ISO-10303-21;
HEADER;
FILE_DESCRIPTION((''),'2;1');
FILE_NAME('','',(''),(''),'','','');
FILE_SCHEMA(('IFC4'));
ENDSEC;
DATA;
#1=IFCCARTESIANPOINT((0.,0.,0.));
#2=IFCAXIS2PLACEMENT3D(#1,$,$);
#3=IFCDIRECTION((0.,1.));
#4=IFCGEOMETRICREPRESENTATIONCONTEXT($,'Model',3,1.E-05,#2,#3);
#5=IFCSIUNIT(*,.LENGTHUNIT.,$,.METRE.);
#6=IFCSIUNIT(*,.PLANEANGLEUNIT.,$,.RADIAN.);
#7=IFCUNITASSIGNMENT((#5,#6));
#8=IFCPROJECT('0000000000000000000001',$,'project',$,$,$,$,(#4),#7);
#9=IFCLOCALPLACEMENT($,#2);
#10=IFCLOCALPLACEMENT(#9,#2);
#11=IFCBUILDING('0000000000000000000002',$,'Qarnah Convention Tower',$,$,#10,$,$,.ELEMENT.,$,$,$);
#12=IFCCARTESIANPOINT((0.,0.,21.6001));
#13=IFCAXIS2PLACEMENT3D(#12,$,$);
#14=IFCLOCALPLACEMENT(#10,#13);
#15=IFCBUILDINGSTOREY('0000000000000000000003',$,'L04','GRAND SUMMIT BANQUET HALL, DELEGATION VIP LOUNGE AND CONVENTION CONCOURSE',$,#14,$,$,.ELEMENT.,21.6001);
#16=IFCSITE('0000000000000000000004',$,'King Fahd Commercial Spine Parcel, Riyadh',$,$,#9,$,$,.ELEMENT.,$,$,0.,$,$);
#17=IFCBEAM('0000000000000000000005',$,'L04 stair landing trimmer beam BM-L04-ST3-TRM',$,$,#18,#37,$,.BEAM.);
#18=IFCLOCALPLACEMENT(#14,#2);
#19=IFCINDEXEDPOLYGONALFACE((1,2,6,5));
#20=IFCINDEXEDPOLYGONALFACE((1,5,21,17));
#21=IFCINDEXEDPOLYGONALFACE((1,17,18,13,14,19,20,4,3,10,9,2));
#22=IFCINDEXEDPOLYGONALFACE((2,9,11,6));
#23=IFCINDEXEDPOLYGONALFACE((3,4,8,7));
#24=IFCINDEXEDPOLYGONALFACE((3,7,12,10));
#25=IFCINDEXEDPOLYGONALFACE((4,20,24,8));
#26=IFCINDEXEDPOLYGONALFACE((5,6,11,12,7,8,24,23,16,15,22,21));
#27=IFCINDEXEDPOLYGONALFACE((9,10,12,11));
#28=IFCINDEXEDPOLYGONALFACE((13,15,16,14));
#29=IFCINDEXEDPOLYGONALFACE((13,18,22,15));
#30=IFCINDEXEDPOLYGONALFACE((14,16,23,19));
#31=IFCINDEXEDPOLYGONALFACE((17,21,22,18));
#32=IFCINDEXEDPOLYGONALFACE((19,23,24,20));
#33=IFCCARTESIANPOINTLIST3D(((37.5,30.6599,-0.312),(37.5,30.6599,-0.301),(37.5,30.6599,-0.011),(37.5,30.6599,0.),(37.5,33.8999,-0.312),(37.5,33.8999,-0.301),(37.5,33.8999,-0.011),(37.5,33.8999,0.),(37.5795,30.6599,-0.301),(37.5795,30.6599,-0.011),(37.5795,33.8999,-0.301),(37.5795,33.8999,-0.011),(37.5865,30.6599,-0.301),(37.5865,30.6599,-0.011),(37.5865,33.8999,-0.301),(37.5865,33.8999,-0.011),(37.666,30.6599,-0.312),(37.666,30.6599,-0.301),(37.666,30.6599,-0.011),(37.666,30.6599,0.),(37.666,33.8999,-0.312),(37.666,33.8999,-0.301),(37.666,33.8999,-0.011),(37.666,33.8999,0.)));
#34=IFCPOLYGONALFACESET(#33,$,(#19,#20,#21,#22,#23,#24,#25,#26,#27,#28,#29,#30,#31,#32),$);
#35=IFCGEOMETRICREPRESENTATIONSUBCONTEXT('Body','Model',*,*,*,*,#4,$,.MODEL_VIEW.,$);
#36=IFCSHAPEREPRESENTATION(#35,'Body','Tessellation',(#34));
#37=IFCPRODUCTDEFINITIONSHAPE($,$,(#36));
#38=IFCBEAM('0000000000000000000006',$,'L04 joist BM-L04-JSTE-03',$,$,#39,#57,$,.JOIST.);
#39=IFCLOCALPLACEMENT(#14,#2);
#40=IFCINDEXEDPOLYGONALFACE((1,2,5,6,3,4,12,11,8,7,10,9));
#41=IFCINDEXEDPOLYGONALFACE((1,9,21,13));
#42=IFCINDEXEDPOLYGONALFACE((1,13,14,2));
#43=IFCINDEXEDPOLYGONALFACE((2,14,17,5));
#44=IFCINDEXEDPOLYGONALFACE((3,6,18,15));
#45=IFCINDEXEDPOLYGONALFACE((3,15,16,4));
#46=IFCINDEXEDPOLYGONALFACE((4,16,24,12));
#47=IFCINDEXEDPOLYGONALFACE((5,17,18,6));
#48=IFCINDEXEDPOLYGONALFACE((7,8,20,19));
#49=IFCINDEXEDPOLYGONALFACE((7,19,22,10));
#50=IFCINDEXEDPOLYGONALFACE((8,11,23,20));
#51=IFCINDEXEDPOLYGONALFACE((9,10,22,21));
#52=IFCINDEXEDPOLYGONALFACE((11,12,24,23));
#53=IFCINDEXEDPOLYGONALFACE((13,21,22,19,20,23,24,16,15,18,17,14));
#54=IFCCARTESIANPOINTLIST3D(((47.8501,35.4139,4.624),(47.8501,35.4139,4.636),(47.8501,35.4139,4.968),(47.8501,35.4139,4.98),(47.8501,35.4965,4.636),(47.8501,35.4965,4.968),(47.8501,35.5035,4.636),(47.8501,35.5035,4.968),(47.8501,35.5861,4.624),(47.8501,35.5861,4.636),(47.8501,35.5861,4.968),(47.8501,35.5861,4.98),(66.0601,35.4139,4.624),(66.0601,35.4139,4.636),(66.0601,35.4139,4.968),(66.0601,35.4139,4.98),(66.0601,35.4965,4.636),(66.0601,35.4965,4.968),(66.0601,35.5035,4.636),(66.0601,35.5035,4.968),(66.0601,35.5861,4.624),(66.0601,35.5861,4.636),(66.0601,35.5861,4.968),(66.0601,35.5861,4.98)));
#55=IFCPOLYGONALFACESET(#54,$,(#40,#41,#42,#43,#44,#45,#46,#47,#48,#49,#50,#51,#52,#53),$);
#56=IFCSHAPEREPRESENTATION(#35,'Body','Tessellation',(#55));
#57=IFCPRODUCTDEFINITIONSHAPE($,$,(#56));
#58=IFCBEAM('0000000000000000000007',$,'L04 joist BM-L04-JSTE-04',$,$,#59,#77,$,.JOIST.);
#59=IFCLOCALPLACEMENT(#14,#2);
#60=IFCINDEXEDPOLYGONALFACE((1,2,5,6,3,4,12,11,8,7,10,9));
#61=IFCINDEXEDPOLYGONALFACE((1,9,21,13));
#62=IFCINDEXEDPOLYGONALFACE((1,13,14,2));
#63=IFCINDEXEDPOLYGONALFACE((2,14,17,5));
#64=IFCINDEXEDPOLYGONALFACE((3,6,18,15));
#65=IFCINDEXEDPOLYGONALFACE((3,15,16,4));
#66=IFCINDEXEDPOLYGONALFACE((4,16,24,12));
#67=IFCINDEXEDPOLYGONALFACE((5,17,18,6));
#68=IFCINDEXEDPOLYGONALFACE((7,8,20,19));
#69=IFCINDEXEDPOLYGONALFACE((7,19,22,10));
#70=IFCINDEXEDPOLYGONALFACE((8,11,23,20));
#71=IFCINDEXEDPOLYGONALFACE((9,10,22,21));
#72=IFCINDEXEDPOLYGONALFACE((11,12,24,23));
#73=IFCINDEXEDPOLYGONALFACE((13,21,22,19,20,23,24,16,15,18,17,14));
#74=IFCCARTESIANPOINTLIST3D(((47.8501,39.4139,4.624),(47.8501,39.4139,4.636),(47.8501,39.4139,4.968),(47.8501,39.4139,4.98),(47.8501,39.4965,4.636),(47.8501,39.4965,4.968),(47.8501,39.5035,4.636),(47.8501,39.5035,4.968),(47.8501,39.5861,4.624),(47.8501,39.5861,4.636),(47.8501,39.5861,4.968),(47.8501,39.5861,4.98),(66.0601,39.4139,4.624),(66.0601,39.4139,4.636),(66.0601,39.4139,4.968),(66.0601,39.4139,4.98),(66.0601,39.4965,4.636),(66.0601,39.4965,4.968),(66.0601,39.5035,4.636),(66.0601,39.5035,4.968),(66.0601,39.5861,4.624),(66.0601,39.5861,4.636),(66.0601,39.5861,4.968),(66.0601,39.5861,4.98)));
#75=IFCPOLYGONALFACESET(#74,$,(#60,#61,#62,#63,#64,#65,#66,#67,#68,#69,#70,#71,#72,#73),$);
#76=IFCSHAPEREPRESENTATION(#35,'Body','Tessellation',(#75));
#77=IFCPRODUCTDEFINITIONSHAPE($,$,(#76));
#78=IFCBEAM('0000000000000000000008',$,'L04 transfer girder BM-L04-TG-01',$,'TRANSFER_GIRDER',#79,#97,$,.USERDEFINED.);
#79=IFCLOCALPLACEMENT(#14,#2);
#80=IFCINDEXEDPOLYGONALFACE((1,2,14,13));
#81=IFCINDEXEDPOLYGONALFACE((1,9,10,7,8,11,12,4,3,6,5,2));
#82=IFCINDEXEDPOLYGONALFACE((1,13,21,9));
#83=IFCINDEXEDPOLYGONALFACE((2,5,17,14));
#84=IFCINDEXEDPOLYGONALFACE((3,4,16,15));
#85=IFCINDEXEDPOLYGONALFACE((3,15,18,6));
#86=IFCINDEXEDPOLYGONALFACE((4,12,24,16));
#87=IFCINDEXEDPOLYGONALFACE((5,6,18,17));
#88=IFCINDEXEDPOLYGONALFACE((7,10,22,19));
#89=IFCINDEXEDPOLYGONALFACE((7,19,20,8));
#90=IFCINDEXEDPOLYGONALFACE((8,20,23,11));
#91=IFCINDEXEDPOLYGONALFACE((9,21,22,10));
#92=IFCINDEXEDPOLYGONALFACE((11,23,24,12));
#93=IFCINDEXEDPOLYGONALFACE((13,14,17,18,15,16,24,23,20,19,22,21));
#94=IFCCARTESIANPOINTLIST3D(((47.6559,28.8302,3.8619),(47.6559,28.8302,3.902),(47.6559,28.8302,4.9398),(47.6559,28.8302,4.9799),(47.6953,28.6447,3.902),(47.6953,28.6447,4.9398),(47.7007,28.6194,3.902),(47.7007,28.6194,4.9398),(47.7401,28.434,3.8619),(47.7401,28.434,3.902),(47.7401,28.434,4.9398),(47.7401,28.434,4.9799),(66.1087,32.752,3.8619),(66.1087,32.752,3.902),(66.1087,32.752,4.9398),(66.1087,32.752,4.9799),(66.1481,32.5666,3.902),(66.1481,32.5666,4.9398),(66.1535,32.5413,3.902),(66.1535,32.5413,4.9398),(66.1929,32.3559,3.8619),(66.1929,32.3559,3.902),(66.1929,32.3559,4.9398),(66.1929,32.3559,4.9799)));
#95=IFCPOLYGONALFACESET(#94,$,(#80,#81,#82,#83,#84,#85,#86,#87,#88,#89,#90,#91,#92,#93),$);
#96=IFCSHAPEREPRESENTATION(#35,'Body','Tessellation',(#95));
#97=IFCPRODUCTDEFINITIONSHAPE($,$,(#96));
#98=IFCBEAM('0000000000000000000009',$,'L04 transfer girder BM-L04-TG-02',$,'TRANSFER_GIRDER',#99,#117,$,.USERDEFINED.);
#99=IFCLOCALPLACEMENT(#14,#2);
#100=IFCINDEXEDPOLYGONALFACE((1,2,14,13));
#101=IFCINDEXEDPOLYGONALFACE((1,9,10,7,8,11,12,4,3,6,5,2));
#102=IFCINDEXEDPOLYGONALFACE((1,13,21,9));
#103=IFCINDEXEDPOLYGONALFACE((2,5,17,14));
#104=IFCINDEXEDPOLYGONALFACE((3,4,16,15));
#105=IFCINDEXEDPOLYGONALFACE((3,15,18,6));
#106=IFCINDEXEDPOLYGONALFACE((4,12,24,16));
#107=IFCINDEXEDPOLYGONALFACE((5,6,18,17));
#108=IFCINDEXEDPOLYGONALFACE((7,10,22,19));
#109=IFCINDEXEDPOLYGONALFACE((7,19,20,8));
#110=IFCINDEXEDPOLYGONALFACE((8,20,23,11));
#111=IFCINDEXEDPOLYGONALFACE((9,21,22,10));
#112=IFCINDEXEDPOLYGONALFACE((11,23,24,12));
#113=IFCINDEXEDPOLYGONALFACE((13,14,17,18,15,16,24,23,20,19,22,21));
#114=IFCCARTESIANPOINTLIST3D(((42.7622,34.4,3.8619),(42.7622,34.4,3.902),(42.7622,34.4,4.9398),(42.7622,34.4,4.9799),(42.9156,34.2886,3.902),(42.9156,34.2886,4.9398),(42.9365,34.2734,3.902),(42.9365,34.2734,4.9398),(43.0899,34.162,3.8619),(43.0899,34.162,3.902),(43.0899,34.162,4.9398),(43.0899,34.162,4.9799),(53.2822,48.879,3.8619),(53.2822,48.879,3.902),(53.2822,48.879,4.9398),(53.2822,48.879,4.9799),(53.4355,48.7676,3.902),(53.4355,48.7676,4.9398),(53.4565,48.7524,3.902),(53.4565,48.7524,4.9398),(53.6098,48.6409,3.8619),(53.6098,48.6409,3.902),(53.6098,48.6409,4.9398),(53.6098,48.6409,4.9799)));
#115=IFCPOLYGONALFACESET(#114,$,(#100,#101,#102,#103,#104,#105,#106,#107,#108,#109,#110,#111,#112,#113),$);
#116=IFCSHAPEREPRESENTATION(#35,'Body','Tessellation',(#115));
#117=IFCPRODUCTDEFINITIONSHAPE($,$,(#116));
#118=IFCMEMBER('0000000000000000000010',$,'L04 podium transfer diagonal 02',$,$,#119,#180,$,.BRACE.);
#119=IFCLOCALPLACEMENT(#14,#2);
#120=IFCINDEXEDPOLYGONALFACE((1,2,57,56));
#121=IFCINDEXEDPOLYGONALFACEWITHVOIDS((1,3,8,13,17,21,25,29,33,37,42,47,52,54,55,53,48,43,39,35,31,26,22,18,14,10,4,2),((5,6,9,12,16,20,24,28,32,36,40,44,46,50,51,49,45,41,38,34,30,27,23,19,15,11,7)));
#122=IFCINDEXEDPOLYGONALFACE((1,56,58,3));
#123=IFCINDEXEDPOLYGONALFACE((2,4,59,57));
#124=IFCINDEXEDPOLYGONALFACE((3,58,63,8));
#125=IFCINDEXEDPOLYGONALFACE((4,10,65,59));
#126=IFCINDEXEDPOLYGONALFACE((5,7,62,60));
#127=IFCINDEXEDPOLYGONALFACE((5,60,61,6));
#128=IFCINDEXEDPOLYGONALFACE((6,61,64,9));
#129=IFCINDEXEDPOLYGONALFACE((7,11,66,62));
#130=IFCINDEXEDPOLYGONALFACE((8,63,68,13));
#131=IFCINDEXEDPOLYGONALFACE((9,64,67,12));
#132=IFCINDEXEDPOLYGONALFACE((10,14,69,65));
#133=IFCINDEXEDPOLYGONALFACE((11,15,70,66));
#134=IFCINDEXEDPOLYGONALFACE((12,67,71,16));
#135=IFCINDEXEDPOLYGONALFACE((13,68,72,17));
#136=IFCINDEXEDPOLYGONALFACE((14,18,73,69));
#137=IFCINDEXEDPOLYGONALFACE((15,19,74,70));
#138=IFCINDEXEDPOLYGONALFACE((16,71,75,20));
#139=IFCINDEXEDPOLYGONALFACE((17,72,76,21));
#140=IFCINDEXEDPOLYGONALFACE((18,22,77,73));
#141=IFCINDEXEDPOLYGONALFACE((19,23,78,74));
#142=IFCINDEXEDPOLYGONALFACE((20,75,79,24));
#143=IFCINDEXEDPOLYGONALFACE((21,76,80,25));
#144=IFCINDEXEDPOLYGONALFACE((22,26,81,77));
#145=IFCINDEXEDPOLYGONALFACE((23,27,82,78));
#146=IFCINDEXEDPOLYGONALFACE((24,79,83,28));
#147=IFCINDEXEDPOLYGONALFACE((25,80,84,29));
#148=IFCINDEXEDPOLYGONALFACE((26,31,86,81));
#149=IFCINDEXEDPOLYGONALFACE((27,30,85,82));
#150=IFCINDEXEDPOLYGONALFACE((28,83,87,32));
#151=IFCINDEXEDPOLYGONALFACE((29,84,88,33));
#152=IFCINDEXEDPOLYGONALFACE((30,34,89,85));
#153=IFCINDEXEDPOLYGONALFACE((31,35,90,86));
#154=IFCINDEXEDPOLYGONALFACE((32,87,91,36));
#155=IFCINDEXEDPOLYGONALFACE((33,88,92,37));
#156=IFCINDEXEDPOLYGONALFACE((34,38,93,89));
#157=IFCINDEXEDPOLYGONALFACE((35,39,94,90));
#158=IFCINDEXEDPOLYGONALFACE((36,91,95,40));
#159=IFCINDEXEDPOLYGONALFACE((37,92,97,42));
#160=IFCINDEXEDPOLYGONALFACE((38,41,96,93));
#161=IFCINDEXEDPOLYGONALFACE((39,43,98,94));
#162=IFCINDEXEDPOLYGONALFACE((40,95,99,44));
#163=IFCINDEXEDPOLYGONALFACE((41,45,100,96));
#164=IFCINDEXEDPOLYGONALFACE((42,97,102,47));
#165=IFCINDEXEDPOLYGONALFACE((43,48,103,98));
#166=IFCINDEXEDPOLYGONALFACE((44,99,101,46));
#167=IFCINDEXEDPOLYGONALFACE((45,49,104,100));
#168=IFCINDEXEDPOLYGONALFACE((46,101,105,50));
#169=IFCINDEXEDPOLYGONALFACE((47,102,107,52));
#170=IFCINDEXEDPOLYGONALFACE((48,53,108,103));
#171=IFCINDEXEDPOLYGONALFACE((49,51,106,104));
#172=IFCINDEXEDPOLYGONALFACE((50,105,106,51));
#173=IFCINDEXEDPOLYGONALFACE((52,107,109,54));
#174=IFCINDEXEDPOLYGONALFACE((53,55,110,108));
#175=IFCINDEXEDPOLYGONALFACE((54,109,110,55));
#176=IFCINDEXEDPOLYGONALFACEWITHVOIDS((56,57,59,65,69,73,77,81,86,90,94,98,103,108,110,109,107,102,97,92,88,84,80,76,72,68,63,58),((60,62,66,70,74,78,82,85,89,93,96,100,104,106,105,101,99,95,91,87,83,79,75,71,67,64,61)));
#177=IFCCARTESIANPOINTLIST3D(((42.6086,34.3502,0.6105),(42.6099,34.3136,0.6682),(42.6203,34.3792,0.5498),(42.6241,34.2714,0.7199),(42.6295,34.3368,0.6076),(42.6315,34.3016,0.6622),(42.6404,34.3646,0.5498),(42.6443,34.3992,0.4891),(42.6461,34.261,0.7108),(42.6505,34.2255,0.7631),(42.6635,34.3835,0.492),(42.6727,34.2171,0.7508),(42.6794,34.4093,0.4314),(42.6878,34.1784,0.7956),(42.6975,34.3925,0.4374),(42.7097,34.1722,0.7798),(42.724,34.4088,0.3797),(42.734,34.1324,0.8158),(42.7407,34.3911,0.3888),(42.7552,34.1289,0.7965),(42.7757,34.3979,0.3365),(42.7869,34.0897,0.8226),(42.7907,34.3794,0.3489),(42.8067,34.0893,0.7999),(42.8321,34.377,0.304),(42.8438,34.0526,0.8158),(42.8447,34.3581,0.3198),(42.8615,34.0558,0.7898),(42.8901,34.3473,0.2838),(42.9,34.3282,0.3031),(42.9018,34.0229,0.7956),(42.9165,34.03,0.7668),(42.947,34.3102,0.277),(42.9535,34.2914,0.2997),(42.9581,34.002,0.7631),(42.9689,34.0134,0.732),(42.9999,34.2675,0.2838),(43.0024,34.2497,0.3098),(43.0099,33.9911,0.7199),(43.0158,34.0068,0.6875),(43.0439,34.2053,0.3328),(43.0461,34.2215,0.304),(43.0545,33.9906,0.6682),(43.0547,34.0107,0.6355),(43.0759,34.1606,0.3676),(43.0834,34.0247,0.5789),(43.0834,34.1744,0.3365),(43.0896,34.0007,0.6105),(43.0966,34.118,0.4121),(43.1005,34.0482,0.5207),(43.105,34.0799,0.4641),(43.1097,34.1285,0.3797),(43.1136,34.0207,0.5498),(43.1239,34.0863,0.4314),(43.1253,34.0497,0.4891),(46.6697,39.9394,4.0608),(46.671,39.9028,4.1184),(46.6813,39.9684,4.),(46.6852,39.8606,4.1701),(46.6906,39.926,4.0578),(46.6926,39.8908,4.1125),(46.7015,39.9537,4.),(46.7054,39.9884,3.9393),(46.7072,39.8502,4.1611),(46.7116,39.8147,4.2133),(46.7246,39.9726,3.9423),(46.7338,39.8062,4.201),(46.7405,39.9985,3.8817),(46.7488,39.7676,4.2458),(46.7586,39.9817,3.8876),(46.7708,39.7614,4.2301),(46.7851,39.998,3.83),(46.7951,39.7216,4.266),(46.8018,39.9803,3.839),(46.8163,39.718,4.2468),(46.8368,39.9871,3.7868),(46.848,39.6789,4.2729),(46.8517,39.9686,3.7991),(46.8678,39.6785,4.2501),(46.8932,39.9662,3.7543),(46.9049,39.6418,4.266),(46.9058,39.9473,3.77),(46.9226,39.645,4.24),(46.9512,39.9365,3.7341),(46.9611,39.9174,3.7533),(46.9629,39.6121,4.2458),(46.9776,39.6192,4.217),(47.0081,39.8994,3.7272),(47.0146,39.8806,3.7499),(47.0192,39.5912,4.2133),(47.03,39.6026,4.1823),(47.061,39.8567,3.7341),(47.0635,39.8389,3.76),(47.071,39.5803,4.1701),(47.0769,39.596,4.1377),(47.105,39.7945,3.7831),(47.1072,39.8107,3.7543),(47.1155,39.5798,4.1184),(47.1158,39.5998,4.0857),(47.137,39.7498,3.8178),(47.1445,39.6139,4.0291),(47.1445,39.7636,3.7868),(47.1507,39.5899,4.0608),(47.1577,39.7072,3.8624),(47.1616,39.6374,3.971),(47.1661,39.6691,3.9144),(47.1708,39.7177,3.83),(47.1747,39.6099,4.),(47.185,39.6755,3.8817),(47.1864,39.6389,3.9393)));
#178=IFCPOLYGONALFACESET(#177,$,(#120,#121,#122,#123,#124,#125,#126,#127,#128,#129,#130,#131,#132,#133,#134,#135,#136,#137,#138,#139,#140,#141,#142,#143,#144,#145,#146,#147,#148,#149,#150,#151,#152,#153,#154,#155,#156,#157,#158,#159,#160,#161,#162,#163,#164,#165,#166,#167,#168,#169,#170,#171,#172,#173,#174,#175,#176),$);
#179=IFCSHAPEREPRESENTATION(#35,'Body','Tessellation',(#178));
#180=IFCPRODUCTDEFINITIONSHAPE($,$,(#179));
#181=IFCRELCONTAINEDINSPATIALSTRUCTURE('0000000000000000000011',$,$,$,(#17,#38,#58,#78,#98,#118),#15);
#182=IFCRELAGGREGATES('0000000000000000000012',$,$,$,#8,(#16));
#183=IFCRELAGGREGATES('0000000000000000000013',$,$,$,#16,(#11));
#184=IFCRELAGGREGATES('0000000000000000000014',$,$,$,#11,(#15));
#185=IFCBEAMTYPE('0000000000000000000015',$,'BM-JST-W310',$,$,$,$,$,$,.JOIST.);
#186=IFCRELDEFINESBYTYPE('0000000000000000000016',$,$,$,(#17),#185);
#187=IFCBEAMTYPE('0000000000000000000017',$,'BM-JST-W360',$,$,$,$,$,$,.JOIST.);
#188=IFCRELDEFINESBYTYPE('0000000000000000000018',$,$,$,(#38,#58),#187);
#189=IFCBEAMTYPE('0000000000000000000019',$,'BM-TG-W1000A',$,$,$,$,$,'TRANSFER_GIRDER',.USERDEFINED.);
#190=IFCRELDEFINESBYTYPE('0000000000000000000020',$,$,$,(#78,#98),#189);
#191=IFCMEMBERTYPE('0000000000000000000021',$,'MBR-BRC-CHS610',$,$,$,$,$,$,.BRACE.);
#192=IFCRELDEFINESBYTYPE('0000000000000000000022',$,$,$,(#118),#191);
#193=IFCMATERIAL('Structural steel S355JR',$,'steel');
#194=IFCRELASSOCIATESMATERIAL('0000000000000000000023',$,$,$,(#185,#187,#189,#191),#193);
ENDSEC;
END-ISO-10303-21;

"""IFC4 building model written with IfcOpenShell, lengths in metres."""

from ifc_helpers import new_model, si_unit, direction, frame, origin, origin_2d, place, context, subcontext, project, spatial, hollow_circle, i_section, extrude, material, material_profile, profile_set, type_object, element, save


model = new_model("IFC4")

# Units and contexts
model_context = context("Model", 3, precision=1e-05, world=origin(), true_north=direction((0.0, 1.0)))
body_context = subcontext(model_context, "Body", "Model", "MODEL_VIEW")
ifc_project = project(units=[si_unit("LENGTHUNIT", "METRE"), si_unit("PLANEANGLEUNIT", "RADIAN")], contexts=[model_context])

# Site, building, storey
site_placement = place(None, origin())
site = spatial("IfcSite", under=ifc_project, at=site_placement, Name="King Fahd Commercial Spine Parcel, Riyadh", CompositionType="ELEMENT", RefElevation=0.0)
building_placement = place(site_placement, origin())
building = spatial("IfcBuilding", under=site, at=building_placement, Name="Qarnah Convention Tower", CompositionType="ELEMENT")
storey_placement = place(building_placement, frame((0.0, 0.0, 21.6001)))
storey = spatial("IfcBuildingStorey", under=building, at=storey_placement, Name="L04", Description="GRAND SUMMIT BANQUET HALL, DELEGATION VIP LOUNGE AND CONVENTION CONCOURSE", CompositionType="ELEMENT", Elevation=21.6001)

# Beams
ifc_material_1 = material(Name="Structural steel S355JR", Category="steel")
ifc_material_profile_1 = material_profile(ifc_material_1, i_section(OverallWidth=0.166, OverallDepth=0.312, WebThickness=0.0071, FlangeThickness=0.011, at=origin_2d()), Name="W310X45")
ifc_profile_set_1 = profile_set([ifc_material_profile_1], Name="Structural steel S355JR")
beam_type_1 = type_object("IfcBeamType", Name="BM-JST-W310", PredefinedType="JOIST", material=ifc_profile_set_1)
beam_1_placement = place(storey_placement, frame((37.583, 30.6599, -0.156), z_axis=(0.0, 1.0, 0.0), x_axis=(-1.0, 0.0, 0.0)))
element("IfcBeam", 1, at=beam_1_placement, inside=storey, type_object=beam_type_1, Name="L04 stair landing trimmer beam BM-L04-ST3-TRM", PredefinedType="BEAM", context=body_context, shape_type="SweptSolid", body=[
    extrude(i_section(OverallWidth=0.166, OverallDepth=0.312, WebThickness=0.0071, FlangeThickness=0.011, at=origin_2d()), origin(), (0.0, 0.0, 1.0), 3.24),
])
ifc_material_profile_2 = material_profile(ifc_material_1, i_section(OverallWidth=0.1721, OverallDepth=0.356, WebThickness=0.0071, FlangeThickness=0.012, at=origin_2d()), Name="W360X51")
ifc_profile_set_2 = profile_set([ifc_material_profile_2], Name="Structural steel S355JR")
beam_type_2 = type_object("IfcBeamType", Name="BM-JST-W360", PredefinedType="JOIST", material=ifc_profile_set_2)
for number, where, z_axis, x_axis, name in (
    (2, (47.8501, 35.5, 4.802), (1.0, 0.0, 0.0), (0.0, 1.0, 0.0), "L04 joist BM-L04-JSTE-03"),
    (3, (47.8501, 39.5, 4.802), (1.0, 0.0, 0.0), (0.0, 1.0, 0.0), "L04 joist BM-L04-JSTE-04"),
):
    element("IfcBeam", number, at=place(storey_placement, frame(where, z_axis=z_axis, x_axis=x_axis)), inside=storey, type_object=beam_type_2, Name=name, PredefinedType="JOIST", context=body_context, shape_type="SweptSolid", body=[
        extrude(i_section(OverallWidth=0.1721, OverallDepth=0.356, WebThickness=0.0071, FlangeThickness=0.012, at=origin_2d()), origin(), (0.0, 0.0, 1.0), 18.21),
    ])
ifc_material_profile_3 = material_profile(ifc_material_1, i_section(OverallWidth=0.405, OverallDepth=1.1179, WebThickness=0.0259, FlangeThickness=0.04, at=origin_2d()), Name="W1100X499")
ifc_profile_set_3 = profile_set([ifc_material_profile_3], Name="Structural steel S355JR")
beam_type_3 = type_object("IfcBeamType", Name="BM-TG-W1000A", ElementType="TRANSFER_GIRDER", PredefinedType="USERDEFINED", material=ifc_profile_set_3)
beam_2_placement = place(storey_placement, frame((47.698, 28.6321, 4.4209), z_axis=(0.978152, 0.207891, 0.0), x_axis=(-0.207891, 0.978152, 0.0)))
element("IfcBeam", 4, at=beam_2_placement, inside=storey, type_object=beam_type_3, Name="L04 transfer girder BM-L04-TG-01", ObjectType="TRANSFER_GIRDER", PredefinedType="USERDEFINED", context=body_context, shape_type="SweptSolid", body=[
    extrude(i_section(OverallWidth=0.405, OverallDepth=1.1179, WebThickness=0.0259, FlangeThickness=0.04, at=origin_2d()), origin(), (0.0, 0.0, 1.0), 18.865),
])
beam_3_placement = place(storey_placement, frame((42.926, 34.281, 4.4209), z_axis=(0.5878, 0.809006, 0.0), x_axis=(-0.809006, 0.5878, 0.0)))
element("IfcBeam", 5, at=beam_3_placement, inside=storey, type_object=beam_type_3, Name="L04 transfer girder BM-L04-TG-02", ObjectType="TRANSFER_GIRDER", PredefinedType="USERDEFINED", context=body_context, shape_type="SweptSolid", body=[
    extrude(i_section(OverallWidth=0.405, OverallDepth=1.1179, WebThickness=0.0259, FlangeThickness=0.04, at=origin_2d()), origin(), (0.0, 0.0, 1.0), 17.8972),
])

# Member
ifc_material_profile_4 = material_profile(ifc_material_1, hollow_circle(Radius=0.3049, WallThickness=0.0249, at=origin_2d()), Name="CHS610X25")
ifc_profile_set_4 = profile_set([ifc_material_profile_4], Name="Structural steel S355JR")
member_type_1 = type_object("IfcMemberType", Name="MBR-BRC-CHS610", PredefinedType="BRACE", material=ifc_profile_set_4)
member_1_placement = place(storey_placement, frame((42.8669, 34.2, 0.5498), z_axis=(0.525884, 0.723762, 0.446783), x_axis=(-0.808996, 0.587814, 0.0)))
element("IfcMember", 6, at=member_1_placement, inside=storey, type_object=member_type_1, Name="L04 podium transfer diagonal 02", PredefinedType="BRACE", context=body_context, shape_type="SweptSolid", body=[
    extrude(hollow_circle(Radius=0.3049, WallThickness=0.0249, at=origin_2d()), origin(), (0.0, 0.0, 1.0), 7.7224),
])

save(model, "model.ifc")
